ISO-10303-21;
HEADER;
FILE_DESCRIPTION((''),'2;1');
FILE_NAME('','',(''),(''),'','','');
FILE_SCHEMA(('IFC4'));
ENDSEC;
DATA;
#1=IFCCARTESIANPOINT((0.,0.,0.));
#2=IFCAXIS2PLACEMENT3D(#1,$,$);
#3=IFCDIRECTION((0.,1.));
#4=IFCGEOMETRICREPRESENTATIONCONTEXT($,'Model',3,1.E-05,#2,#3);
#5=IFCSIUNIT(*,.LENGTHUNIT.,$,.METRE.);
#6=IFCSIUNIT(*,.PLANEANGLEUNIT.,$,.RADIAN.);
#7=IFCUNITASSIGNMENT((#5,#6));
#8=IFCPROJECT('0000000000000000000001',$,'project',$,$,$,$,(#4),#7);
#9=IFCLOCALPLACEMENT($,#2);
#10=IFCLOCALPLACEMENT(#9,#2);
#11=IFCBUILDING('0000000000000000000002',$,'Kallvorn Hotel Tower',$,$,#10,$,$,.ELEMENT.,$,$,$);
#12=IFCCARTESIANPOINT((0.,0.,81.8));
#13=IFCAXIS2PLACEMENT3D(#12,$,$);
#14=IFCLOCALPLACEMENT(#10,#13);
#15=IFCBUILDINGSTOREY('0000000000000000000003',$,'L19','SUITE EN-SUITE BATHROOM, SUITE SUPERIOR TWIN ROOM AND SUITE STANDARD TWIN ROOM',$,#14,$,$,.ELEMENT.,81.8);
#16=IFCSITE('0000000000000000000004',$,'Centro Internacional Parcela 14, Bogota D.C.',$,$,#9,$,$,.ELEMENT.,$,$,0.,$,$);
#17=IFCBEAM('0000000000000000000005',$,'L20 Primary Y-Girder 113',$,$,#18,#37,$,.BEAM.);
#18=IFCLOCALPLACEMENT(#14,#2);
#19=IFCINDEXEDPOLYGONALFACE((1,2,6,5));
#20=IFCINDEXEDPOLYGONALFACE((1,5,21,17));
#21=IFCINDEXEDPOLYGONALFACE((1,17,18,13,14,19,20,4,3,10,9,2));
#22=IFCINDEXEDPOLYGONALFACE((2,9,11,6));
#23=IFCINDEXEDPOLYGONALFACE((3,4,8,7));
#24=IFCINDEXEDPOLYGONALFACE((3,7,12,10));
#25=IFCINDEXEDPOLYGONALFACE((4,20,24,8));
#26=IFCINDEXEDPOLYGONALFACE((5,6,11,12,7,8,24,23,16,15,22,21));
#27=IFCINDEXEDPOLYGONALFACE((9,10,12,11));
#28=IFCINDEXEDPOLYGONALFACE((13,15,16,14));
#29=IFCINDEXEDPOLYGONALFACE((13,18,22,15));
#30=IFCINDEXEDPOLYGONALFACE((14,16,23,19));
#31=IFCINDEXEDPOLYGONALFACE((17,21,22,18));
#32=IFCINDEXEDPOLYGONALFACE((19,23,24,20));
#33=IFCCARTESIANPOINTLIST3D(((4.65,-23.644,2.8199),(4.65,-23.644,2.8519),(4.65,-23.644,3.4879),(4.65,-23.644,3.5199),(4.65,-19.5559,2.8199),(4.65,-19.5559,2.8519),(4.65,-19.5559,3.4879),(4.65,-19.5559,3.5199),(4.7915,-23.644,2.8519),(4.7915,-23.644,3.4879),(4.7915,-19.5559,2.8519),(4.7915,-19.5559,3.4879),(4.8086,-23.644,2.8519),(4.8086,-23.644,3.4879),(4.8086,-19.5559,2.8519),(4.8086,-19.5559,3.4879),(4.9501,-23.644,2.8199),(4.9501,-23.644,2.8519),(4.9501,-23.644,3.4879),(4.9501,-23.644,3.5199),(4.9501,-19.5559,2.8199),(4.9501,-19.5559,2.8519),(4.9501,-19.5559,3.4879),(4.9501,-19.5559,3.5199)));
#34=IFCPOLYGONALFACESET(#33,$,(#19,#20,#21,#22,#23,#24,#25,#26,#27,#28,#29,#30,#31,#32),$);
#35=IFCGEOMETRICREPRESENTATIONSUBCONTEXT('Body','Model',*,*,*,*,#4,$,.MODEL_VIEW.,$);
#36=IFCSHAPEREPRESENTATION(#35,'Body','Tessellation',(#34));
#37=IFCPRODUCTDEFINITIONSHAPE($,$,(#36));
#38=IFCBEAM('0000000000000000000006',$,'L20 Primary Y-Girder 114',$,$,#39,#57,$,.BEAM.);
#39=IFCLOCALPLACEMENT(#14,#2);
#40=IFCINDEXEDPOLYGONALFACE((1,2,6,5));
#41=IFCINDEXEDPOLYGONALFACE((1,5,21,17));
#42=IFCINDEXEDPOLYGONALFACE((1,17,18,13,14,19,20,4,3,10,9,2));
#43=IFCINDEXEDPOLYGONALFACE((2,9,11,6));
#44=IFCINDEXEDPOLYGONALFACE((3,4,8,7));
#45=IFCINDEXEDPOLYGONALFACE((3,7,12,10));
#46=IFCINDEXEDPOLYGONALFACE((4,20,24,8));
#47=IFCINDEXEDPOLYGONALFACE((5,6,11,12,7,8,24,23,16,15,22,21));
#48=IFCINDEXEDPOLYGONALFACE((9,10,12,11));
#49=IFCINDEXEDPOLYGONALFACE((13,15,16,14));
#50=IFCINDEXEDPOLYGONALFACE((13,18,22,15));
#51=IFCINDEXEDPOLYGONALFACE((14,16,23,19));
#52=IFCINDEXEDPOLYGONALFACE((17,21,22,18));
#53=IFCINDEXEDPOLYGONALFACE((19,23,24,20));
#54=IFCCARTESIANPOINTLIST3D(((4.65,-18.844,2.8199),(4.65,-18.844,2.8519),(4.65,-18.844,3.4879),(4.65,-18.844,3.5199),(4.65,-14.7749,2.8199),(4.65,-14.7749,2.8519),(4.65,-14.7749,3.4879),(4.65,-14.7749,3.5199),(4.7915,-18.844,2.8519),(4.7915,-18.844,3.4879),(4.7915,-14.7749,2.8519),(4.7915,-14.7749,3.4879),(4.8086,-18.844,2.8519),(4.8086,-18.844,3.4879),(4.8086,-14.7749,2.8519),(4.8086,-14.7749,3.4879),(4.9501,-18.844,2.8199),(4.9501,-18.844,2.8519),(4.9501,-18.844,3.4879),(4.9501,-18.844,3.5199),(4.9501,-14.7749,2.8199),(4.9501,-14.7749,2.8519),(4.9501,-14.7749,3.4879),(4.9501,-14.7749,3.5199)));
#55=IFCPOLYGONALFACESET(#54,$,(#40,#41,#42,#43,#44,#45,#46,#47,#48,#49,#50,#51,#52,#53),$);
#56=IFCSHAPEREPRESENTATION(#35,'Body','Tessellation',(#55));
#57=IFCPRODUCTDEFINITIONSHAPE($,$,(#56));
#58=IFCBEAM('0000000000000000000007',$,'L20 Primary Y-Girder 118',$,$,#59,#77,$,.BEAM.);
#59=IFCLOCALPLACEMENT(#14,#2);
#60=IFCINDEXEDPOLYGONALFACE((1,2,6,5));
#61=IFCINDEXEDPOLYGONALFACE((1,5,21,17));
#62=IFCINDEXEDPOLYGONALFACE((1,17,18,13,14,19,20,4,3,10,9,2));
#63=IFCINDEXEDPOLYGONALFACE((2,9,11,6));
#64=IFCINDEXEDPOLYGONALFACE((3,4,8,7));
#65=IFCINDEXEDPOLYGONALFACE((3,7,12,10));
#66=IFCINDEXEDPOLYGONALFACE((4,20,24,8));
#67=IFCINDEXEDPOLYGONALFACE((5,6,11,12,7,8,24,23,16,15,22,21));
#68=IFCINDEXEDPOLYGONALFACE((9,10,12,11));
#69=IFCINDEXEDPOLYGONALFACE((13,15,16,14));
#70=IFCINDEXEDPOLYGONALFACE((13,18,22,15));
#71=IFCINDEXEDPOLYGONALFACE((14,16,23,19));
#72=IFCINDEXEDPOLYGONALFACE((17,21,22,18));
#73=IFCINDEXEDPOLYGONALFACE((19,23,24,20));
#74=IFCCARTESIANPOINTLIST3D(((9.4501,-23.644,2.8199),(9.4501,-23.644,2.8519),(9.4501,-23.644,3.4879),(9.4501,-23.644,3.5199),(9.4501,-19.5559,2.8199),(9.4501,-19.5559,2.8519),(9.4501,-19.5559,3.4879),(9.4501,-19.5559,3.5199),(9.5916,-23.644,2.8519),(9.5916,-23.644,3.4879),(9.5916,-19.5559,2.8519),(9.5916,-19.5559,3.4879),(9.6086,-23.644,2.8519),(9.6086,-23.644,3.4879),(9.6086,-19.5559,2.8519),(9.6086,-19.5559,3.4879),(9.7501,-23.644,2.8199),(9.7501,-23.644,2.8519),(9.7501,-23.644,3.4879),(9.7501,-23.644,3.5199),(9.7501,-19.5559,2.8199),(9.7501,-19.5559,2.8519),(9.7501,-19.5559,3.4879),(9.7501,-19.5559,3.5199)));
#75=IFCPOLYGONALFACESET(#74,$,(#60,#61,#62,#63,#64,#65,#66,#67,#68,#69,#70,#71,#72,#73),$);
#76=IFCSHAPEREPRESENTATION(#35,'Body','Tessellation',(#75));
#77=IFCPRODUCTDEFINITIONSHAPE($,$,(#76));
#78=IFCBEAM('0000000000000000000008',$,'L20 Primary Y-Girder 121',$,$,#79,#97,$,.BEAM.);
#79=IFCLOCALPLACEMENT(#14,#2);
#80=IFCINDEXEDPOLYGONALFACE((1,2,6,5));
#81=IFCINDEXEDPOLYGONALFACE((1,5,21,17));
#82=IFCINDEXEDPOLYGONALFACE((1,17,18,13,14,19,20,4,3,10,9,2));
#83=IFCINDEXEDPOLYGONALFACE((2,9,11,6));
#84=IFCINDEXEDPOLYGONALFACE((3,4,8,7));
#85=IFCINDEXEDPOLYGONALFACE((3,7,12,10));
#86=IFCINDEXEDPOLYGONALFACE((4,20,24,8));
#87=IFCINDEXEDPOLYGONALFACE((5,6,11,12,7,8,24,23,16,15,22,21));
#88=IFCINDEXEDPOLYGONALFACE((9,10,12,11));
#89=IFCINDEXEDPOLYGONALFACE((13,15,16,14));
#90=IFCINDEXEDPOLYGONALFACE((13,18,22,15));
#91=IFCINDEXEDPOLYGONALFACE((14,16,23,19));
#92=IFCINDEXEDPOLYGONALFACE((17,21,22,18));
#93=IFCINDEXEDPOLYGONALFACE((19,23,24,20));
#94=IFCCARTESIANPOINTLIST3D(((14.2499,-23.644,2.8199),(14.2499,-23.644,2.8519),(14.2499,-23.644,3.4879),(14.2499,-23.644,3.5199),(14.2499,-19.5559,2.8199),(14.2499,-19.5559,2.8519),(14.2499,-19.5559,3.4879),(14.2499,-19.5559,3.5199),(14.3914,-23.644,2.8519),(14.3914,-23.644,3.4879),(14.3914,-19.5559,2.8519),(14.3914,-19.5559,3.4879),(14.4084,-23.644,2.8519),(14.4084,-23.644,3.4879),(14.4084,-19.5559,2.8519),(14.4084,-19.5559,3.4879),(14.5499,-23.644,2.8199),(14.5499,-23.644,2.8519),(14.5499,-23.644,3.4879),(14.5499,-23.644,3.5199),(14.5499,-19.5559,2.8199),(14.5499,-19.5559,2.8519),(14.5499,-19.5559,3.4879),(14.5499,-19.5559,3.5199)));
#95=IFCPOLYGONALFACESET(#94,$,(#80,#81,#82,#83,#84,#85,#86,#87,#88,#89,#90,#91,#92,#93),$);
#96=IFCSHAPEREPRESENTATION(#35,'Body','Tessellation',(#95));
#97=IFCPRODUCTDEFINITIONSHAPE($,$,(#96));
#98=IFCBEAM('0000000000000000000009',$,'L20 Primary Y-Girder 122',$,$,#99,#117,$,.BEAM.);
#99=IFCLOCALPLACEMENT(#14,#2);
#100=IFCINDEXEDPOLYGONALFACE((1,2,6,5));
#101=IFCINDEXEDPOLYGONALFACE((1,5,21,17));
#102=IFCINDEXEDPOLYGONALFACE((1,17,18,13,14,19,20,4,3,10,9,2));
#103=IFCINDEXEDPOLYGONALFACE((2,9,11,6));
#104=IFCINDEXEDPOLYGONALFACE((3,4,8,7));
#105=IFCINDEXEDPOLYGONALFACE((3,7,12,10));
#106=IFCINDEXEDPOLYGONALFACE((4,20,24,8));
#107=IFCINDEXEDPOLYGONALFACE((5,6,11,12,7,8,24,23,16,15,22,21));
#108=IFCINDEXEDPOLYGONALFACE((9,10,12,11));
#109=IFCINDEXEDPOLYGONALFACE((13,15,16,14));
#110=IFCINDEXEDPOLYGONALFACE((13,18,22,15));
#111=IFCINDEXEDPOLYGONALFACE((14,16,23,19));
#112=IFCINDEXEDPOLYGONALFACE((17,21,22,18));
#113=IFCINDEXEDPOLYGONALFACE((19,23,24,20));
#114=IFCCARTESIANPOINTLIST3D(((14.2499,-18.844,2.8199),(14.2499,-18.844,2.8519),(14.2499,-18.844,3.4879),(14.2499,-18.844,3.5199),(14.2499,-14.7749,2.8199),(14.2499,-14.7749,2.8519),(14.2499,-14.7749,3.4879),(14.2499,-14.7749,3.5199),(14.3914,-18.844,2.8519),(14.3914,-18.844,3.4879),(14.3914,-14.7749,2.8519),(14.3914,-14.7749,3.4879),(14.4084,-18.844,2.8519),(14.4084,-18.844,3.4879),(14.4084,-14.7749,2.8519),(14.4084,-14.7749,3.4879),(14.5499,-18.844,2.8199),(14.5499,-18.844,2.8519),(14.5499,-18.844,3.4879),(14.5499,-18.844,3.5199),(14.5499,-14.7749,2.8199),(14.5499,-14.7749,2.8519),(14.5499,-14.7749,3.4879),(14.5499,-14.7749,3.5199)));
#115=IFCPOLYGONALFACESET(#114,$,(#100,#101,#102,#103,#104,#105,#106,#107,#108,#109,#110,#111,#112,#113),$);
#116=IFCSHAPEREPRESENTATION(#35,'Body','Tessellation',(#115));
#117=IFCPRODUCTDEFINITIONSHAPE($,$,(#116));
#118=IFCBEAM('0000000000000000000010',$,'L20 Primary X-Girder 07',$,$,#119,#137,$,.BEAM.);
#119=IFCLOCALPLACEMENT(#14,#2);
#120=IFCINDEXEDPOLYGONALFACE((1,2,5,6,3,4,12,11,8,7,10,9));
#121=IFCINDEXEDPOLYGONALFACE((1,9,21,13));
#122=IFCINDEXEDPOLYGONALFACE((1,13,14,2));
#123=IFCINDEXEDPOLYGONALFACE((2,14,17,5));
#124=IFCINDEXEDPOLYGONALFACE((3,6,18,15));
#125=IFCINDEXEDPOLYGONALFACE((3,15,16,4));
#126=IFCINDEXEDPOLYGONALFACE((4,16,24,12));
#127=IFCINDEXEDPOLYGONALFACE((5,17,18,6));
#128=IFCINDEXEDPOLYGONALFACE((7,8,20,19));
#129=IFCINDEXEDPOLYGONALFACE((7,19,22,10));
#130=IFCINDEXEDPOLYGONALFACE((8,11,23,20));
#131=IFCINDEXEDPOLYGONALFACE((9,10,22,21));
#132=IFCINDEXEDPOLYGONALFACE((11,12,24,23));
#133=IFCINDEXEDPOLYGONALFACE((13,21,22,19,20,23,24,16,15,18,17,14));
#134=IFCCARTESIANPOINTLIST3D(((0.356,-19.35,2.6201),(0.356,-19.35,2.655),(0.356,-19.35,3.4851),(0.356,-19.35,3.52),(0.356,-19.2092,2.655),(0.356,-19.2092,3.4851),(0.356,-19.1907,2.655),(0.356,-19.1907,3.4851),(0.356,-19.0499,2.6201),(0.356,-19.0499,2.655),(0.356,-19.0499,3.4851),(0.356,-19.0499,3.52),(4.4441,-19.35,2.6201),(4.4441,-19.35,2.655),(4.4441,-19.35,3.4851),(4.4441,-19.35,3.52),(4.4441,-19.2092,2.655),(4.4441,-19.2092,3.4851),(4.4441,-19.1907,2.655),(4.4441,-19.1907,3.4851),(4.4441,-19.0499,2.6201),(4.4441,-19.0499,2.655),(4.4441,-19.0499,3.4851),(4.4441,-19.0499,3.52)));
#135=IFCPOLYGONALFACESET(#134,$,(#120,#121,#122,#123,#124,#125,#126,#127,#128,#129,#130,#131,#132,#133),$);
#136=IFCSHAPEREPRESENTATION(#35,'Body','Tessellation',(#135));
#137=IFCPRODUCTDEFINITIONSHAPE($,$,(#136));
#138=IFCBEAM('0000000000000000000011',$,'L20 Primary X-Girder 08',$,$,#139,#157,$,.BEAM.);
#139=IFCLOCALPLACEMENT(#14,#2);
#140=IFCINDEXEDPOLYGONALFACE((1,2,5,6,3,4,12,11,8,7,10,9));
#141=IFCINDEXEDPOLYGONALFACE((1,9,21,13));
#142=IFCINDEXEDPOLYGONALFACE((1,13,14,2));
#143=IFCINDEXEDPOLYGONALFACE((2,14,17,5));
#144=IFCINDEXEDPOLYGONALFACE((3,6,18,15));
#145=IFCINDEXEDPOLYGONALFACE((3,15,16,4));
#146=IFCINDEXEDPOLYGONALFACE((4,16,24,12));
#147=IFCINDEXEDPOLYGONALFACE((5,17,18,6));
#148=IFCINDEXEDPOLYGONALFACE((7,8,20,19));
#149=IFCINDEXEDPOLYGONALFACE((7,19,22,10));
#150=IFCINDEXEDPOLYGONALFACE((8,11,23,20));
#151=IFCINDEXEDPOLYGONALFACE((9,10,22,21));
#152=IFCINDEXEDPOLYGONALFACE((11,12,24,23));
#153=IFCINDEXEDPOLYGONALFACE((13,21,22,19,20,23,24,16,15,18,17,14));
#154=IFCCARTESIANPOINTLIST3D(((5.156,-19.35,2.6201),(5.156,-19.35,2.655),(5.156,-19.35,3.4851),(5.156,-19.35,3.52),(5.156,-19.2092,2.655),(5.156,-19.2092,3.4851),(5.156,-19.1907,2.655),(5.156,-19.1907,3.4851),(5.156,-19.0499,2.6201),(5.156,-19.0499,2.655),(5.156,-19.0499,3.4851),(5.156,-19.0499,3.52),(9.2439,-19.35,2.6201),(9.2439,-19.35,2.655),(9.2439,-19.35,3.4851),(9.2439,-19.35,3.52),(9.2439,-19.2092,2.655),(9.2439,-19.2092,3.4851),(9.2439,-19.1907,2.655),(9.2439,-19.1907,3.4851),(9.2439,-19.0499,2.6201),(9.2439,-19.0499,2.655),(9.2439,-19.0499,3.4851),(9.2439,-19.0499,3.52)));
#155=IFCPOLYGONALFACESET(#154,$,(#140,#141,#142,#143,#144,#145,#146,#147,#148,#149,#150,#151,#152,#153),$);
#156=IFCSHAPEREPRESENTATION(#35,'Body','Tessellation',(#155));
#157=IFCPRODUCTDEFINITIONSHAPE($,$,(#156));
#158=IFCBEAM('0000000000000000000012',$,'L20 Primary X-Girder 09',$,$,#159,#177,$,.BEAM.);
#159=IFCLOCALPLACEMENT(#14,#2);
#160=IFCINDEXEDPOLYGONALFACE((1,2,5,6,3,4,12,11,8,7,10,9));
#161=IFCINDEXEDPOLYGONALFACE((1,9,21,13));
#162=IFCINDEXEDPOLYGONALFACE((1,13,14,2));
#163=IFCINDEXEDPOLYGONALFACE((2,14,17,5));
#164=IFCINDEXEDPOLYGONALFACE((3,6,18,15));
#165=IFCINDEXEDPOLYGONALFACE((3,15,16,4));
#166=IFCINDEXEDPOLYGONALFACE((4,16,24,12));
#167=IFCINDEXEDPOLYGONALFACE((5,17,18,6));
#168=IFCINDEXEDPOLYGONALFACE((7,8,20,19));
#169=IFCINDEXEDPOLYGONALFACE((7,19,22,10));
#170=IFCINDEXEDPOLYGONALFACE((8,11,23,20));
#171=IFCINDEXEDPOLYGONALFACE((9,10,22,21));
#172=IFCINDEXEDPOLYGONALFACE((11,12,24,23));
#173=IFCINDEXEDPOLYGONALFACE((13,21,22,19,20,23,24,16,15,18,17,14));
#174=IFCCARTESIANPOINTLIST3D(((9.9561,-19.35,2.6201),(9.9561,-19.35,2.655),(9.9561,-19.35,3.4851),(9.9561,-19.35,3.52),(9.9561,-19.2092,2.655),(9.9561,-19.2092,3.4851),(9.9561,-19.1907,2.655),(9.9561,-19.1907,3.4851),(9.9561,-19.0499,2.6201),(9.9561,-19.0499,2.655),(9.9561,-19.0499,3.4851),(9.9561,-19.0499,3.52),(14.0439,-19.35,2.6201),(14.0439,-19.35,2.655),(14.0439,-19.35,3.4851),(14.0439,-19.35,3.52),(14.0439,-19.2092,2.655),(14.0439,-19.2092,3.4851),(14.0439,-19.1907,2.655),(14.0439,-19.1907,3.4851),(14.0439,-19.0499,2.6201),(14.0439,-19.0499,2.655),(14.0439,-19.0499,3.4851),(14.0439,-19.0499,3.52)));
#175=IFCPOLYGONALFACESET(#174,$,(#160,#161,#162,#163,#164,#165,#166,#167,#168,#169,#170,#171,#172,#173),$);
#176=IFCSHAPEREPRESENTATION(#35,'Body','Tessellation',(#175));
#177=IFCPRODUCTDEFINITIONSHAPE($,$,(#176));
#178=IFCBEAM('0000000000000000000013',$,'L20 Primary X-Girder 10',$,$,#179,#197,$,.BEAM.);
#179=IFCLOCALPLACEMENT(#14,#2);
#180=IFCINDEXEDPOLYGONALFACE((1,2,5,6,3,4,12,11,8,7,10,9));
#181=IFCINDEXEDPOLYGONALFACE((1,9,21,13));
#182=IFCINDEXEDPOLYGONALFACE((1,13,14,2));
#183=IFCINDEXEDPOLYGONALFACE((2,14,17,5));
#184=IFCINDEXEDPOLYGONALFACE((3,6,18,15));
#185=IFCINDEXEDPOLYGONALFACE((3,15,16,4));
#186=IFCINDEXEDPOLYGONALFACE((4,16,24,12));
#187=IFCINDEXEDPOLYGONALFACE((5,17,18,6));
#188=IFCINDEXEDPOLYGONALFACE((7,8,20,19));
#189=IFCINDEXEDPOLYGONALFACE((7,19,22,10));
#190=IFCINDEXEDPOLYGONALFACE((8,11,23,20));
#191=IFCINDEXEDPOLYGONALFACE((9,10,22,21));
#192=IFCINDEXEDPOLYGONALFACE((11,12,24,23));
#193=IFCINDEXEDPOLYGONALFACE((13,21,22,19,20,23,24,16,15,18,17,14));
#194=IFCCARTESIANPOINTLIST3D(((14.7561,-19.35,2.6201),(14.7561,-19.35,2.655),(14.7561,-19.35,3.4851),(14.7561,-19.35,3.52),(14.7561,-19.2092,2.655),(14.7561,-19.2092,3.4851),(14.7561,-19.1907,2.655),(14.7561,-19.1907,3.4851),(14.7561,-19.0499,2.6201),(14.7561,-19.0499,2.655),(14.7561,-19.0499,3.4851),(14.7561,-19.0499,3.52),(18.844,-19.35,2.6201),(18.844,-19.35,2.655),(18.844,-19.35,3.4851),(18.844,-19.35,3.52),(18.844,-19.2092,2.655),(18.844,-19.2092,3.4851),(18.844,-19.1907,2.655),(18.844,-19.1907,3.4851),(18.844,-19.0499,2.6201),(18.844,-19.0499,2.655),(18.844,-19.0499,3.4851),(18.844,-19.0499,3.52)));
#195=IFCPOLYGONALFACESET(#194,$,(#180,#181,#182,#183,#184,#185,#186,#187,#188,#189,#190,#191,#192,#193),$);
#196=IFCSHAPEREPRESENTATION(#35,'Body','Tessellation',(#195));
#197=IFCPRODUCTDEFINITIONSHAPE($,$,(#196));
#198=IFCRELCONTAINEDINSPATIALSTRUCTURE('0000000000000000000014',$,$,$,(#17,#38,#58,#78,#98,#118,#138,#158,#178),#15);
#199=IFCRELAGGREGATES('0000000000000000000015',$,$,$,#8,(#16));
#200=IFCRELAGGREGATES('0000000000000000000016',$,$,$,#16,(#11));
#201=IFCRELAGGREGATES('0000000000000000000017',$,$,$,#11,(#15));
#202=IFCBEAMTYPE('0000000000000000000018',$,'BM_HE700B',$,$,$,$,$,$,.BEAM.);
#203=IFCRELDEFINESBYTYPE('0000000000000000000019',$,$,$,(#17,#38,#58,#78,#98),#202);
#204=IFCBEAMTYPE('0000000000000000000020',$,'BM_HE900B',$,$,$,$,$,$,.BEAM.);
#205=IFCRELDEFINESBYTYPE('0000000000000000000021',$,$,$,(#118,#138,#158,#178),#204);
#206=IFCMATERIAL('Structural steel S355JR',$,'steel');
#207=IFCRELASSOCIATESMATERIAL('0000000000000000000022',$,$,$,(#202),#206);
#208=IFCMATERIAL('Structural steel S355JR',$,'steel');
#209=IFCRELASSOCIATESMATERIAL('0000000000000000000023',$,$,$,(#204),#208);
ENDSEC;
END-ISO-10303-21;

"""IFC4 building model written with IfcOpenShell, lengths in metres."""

from ifc_helpers import new_model, si_unit, direction, frame, origin, origin_2d, place, context, subcontext, project, spatial, i_section, extrude, material, material_profile, profile_set, type_object, element, save


model = new_model("IFC4")

# Units and contexts
model_context = context("Model", 3, precision=1e-05, world=origin(), true_north=direction((0.0, 1.0)))
body_context = subcontext(model_context, "Body", "Model", "MODEL_VIEW")
ifc_project = project(units=[si_unit("LENGTHUNIT", "METRE"), si_unit("PLANEANGLEUNIT", "RADIAN")], contexts=[model_context])

# Site, building, storey
site_placement = place(None, origin())
site = spatial("IfcSite", under=ifc_project, at=site_placement, Name="Centro Internacional Parcela 14, Bogota D.C.", CompositionType="ELEMENT", RefElevation=0.0)
building_placement = place(site_placement, origin())
building = spatial("IfcBuilding", under=site, at=building_placement, Name="Kallvorn Hotel Tower", CompositionType="ELEMENT")
storey_placement = place(building_placement, frame((0.0, 0.0, 81.8)))
storey = spatial("IfcBuildingStorey", under=building, at=storey_placement, Name="L19", Description="SUITE EN-SUITE BATHROOM, SUITE SUPERIOR TWIN ROOM AND SUITE STANDARD TWIN ROOM", CompositionType="ELEMENT", Elevation=81.8)

# Beams
ifc_material_1 = material(Name="Structural steel S355JR", Category="steel")
ifc_material_profile_1 = material_profile(ifc_material_1, i_section(OverallWidth=0.3, OverallDepth=0.7, WebThickness=0.0171, FlangeThickness=0.032, at=origin_2d()), Name="HE 700 B")
ifc_profile_set_1 = profile_set([ifc_material_profile_1], Name="Structural steel S355JR")
beam_type_1 = type_object("IfcBeamType", Name="BM_HE700B", PredefinedType="BEAM", material=ifc_profile_set_1)
beam_1_placement = place(storey_placement, frame((4.8, -23.644, 3.1699), z_axis=(0.0, 1.0, 0.0), x_axis=(-1.0, 0.0, 0.0)))
element("IfcBeam", 1, at=beam_1_placement, inside=storey, type_object=beam_type_1, Name="L20 Primary Y-Girder 113", PredefinedType="BEAM", context=body_context, shape_type="SweptSolid", body=[
    extrude(i_section(OverallWidth=0.3, OverallDepth=0.7, WebThickness=0.0171, FlangeThickness=0.032, at=origin_2d()), origin(), (0.0, 0.0, 1.0), 4.0881),
])
beam_2_placement = place(storey_placement, frame((4.8, -18.844, 3.1699), z_axis=(0.0, 1.0, 0.0), x_axis=(-1.0, 0.0, 0.0)))
element("IfcBeam", 2, at=beam_2_placement, inside=storey, type_object=beam_type_1, Name="L20 Primary Y-Girder 114", PredefinedType="BEAM", context=body_context, shape_type="SweptSolid", body=[
    extrude(i_section(OverallWidth=0.3, OverallDepth=0.7, WebThickness=0.0171, FlangeThickness=0.032, at=origin_2d()), origin(), (0.0, 0.0, 1.0), 4.0691),
])
for number, where, z_axis, x_axis, name in (
    (3, (9.6001, -23.644, 3.1699), (0.0, 1.0, 0.0), (-1.0, 0.0, 0.0), "L20 Primary Y-Girder 118"),
    (4, (14.3999, -23.644, 3.1699), (0.0, 1.0, 0.0), (-1.0, 0.0, 0.0), "L20 Primary Y-Girder 121"),
):
    element("IfcBeam", number, at=place(storey_placement, frame(where, z_axis=z_axis, x_axis=x_axis)), inside=storey, type_object=beam_type_1, Name=name, PredefinedType="BEAM", context=body_context, shape_type="SweptSolid", body=[
        extrude(i_section(OverallWidth=0.3, OverallDepth=0.7, WebThickness=0.0171, FlangeThickness=0.032, at=origin_2d()), origin(), (0.0, 0.0, 1.0), 4.0881),
    ])
beam_3_placement = place(storey_placement, frame((14.3999, -18.844, 3.1699), z_axis=(0.0, 1.0, 0.0), x_axis=(-1.0, 0.0, 0.0)))
element("IfcBeam", 5, at=beam_3_placement, inside=storey, type_object=beam_type_1, Name="L20 Primary Y-Girder 122", PredefinedType="BEAM", context=body_context, shape_type="SweptSolid", body=[
    extrude(i_section(OverallWidth=0.3, OverallDepth=0.7, WebThickness=0.0171, FlangeThickness=0.032, at=origin_2d()), origin(), (0.0, 0.0, 1.0), 4.0691),
])
ifc_material_2 = material(Name="Structural steel S355JR", Category="steel")
ifc_material_profile_2 = material_profile(ifc_material_2, i_section(OverallWidth=0.3, OverallDepth=0.8999, WebThickness=0.0186, FlangeThickness=0.0349, at=origin_2d()), Name="HE 900 B")
ifc_profile_set_2 = profile_set([ifc_material_profile_2], Name="Structural steel S355JR")
beam_type_2 = type_object("IfcBeamType", Name="BM_HE900B", PredefinedType="BEAM", material=ifc_profile_set_2)
beam_4_placement = place(storey_placement, frame((0.356, -19.2, 3.0701), z_axis=(1.0, 0.0, 0.0), x_axis=(0.0, 1.0, 0.0)))
element("IfcBeam", 6, at=beam_4_placement, inside=storey, type_object=beam_type_2, Name="L20 Primary X-Girder 07", PredefinedType="BEAM", context=body_context, shape_type="SweptSolid", body=[
    extrude(i_section(OverallWidth=0.3, OverallDepth=0.8999, WebThickness=0.0186, FlangeThickness=0.0349, at=origin_2d()), origin(), (0.0, 0.0, 1.0), 4.0881),
])
for number, where, z_axis, x_axis, name in (
    (7, (5.156, -19.2, 3.0701), (1.0, 0.0, 0.0), (0.0, 1.0, 0.0), "L20 Primary X-Girder 08"),
    (8, (9.9561, -19.2, 3.0701), (1.0, 0.0, 0.0), (0.0, 1.0, 0.0), "L20 Primary X-Girder 09"),
    (9, (14.7561, -19.2, 3.0701), (1.0, 0.0, 0.0), (0.0, 1.0, 0.0), "L20 Primary X-Girder 10"),
):
    element("IfcBeam", number, at=place(storey_placement, frame(where, z_axis=z_axis, x_axis=x_axis)), inside=storey, type_object=beam_type_2, Name=name, PredefinedType="BEAM", context=body_context, shape_type="SweptSolid", body=[
        extrude(i_section(OverallWidth=0.3, OverallDepth=0.8999, WebThickness=0.0186, FlangeThickness=0.0349, at=origin_2d()), origin(), (0.0, 0.0, 1.0), 4.0879),
    ])

save(model, "model.ifc")
